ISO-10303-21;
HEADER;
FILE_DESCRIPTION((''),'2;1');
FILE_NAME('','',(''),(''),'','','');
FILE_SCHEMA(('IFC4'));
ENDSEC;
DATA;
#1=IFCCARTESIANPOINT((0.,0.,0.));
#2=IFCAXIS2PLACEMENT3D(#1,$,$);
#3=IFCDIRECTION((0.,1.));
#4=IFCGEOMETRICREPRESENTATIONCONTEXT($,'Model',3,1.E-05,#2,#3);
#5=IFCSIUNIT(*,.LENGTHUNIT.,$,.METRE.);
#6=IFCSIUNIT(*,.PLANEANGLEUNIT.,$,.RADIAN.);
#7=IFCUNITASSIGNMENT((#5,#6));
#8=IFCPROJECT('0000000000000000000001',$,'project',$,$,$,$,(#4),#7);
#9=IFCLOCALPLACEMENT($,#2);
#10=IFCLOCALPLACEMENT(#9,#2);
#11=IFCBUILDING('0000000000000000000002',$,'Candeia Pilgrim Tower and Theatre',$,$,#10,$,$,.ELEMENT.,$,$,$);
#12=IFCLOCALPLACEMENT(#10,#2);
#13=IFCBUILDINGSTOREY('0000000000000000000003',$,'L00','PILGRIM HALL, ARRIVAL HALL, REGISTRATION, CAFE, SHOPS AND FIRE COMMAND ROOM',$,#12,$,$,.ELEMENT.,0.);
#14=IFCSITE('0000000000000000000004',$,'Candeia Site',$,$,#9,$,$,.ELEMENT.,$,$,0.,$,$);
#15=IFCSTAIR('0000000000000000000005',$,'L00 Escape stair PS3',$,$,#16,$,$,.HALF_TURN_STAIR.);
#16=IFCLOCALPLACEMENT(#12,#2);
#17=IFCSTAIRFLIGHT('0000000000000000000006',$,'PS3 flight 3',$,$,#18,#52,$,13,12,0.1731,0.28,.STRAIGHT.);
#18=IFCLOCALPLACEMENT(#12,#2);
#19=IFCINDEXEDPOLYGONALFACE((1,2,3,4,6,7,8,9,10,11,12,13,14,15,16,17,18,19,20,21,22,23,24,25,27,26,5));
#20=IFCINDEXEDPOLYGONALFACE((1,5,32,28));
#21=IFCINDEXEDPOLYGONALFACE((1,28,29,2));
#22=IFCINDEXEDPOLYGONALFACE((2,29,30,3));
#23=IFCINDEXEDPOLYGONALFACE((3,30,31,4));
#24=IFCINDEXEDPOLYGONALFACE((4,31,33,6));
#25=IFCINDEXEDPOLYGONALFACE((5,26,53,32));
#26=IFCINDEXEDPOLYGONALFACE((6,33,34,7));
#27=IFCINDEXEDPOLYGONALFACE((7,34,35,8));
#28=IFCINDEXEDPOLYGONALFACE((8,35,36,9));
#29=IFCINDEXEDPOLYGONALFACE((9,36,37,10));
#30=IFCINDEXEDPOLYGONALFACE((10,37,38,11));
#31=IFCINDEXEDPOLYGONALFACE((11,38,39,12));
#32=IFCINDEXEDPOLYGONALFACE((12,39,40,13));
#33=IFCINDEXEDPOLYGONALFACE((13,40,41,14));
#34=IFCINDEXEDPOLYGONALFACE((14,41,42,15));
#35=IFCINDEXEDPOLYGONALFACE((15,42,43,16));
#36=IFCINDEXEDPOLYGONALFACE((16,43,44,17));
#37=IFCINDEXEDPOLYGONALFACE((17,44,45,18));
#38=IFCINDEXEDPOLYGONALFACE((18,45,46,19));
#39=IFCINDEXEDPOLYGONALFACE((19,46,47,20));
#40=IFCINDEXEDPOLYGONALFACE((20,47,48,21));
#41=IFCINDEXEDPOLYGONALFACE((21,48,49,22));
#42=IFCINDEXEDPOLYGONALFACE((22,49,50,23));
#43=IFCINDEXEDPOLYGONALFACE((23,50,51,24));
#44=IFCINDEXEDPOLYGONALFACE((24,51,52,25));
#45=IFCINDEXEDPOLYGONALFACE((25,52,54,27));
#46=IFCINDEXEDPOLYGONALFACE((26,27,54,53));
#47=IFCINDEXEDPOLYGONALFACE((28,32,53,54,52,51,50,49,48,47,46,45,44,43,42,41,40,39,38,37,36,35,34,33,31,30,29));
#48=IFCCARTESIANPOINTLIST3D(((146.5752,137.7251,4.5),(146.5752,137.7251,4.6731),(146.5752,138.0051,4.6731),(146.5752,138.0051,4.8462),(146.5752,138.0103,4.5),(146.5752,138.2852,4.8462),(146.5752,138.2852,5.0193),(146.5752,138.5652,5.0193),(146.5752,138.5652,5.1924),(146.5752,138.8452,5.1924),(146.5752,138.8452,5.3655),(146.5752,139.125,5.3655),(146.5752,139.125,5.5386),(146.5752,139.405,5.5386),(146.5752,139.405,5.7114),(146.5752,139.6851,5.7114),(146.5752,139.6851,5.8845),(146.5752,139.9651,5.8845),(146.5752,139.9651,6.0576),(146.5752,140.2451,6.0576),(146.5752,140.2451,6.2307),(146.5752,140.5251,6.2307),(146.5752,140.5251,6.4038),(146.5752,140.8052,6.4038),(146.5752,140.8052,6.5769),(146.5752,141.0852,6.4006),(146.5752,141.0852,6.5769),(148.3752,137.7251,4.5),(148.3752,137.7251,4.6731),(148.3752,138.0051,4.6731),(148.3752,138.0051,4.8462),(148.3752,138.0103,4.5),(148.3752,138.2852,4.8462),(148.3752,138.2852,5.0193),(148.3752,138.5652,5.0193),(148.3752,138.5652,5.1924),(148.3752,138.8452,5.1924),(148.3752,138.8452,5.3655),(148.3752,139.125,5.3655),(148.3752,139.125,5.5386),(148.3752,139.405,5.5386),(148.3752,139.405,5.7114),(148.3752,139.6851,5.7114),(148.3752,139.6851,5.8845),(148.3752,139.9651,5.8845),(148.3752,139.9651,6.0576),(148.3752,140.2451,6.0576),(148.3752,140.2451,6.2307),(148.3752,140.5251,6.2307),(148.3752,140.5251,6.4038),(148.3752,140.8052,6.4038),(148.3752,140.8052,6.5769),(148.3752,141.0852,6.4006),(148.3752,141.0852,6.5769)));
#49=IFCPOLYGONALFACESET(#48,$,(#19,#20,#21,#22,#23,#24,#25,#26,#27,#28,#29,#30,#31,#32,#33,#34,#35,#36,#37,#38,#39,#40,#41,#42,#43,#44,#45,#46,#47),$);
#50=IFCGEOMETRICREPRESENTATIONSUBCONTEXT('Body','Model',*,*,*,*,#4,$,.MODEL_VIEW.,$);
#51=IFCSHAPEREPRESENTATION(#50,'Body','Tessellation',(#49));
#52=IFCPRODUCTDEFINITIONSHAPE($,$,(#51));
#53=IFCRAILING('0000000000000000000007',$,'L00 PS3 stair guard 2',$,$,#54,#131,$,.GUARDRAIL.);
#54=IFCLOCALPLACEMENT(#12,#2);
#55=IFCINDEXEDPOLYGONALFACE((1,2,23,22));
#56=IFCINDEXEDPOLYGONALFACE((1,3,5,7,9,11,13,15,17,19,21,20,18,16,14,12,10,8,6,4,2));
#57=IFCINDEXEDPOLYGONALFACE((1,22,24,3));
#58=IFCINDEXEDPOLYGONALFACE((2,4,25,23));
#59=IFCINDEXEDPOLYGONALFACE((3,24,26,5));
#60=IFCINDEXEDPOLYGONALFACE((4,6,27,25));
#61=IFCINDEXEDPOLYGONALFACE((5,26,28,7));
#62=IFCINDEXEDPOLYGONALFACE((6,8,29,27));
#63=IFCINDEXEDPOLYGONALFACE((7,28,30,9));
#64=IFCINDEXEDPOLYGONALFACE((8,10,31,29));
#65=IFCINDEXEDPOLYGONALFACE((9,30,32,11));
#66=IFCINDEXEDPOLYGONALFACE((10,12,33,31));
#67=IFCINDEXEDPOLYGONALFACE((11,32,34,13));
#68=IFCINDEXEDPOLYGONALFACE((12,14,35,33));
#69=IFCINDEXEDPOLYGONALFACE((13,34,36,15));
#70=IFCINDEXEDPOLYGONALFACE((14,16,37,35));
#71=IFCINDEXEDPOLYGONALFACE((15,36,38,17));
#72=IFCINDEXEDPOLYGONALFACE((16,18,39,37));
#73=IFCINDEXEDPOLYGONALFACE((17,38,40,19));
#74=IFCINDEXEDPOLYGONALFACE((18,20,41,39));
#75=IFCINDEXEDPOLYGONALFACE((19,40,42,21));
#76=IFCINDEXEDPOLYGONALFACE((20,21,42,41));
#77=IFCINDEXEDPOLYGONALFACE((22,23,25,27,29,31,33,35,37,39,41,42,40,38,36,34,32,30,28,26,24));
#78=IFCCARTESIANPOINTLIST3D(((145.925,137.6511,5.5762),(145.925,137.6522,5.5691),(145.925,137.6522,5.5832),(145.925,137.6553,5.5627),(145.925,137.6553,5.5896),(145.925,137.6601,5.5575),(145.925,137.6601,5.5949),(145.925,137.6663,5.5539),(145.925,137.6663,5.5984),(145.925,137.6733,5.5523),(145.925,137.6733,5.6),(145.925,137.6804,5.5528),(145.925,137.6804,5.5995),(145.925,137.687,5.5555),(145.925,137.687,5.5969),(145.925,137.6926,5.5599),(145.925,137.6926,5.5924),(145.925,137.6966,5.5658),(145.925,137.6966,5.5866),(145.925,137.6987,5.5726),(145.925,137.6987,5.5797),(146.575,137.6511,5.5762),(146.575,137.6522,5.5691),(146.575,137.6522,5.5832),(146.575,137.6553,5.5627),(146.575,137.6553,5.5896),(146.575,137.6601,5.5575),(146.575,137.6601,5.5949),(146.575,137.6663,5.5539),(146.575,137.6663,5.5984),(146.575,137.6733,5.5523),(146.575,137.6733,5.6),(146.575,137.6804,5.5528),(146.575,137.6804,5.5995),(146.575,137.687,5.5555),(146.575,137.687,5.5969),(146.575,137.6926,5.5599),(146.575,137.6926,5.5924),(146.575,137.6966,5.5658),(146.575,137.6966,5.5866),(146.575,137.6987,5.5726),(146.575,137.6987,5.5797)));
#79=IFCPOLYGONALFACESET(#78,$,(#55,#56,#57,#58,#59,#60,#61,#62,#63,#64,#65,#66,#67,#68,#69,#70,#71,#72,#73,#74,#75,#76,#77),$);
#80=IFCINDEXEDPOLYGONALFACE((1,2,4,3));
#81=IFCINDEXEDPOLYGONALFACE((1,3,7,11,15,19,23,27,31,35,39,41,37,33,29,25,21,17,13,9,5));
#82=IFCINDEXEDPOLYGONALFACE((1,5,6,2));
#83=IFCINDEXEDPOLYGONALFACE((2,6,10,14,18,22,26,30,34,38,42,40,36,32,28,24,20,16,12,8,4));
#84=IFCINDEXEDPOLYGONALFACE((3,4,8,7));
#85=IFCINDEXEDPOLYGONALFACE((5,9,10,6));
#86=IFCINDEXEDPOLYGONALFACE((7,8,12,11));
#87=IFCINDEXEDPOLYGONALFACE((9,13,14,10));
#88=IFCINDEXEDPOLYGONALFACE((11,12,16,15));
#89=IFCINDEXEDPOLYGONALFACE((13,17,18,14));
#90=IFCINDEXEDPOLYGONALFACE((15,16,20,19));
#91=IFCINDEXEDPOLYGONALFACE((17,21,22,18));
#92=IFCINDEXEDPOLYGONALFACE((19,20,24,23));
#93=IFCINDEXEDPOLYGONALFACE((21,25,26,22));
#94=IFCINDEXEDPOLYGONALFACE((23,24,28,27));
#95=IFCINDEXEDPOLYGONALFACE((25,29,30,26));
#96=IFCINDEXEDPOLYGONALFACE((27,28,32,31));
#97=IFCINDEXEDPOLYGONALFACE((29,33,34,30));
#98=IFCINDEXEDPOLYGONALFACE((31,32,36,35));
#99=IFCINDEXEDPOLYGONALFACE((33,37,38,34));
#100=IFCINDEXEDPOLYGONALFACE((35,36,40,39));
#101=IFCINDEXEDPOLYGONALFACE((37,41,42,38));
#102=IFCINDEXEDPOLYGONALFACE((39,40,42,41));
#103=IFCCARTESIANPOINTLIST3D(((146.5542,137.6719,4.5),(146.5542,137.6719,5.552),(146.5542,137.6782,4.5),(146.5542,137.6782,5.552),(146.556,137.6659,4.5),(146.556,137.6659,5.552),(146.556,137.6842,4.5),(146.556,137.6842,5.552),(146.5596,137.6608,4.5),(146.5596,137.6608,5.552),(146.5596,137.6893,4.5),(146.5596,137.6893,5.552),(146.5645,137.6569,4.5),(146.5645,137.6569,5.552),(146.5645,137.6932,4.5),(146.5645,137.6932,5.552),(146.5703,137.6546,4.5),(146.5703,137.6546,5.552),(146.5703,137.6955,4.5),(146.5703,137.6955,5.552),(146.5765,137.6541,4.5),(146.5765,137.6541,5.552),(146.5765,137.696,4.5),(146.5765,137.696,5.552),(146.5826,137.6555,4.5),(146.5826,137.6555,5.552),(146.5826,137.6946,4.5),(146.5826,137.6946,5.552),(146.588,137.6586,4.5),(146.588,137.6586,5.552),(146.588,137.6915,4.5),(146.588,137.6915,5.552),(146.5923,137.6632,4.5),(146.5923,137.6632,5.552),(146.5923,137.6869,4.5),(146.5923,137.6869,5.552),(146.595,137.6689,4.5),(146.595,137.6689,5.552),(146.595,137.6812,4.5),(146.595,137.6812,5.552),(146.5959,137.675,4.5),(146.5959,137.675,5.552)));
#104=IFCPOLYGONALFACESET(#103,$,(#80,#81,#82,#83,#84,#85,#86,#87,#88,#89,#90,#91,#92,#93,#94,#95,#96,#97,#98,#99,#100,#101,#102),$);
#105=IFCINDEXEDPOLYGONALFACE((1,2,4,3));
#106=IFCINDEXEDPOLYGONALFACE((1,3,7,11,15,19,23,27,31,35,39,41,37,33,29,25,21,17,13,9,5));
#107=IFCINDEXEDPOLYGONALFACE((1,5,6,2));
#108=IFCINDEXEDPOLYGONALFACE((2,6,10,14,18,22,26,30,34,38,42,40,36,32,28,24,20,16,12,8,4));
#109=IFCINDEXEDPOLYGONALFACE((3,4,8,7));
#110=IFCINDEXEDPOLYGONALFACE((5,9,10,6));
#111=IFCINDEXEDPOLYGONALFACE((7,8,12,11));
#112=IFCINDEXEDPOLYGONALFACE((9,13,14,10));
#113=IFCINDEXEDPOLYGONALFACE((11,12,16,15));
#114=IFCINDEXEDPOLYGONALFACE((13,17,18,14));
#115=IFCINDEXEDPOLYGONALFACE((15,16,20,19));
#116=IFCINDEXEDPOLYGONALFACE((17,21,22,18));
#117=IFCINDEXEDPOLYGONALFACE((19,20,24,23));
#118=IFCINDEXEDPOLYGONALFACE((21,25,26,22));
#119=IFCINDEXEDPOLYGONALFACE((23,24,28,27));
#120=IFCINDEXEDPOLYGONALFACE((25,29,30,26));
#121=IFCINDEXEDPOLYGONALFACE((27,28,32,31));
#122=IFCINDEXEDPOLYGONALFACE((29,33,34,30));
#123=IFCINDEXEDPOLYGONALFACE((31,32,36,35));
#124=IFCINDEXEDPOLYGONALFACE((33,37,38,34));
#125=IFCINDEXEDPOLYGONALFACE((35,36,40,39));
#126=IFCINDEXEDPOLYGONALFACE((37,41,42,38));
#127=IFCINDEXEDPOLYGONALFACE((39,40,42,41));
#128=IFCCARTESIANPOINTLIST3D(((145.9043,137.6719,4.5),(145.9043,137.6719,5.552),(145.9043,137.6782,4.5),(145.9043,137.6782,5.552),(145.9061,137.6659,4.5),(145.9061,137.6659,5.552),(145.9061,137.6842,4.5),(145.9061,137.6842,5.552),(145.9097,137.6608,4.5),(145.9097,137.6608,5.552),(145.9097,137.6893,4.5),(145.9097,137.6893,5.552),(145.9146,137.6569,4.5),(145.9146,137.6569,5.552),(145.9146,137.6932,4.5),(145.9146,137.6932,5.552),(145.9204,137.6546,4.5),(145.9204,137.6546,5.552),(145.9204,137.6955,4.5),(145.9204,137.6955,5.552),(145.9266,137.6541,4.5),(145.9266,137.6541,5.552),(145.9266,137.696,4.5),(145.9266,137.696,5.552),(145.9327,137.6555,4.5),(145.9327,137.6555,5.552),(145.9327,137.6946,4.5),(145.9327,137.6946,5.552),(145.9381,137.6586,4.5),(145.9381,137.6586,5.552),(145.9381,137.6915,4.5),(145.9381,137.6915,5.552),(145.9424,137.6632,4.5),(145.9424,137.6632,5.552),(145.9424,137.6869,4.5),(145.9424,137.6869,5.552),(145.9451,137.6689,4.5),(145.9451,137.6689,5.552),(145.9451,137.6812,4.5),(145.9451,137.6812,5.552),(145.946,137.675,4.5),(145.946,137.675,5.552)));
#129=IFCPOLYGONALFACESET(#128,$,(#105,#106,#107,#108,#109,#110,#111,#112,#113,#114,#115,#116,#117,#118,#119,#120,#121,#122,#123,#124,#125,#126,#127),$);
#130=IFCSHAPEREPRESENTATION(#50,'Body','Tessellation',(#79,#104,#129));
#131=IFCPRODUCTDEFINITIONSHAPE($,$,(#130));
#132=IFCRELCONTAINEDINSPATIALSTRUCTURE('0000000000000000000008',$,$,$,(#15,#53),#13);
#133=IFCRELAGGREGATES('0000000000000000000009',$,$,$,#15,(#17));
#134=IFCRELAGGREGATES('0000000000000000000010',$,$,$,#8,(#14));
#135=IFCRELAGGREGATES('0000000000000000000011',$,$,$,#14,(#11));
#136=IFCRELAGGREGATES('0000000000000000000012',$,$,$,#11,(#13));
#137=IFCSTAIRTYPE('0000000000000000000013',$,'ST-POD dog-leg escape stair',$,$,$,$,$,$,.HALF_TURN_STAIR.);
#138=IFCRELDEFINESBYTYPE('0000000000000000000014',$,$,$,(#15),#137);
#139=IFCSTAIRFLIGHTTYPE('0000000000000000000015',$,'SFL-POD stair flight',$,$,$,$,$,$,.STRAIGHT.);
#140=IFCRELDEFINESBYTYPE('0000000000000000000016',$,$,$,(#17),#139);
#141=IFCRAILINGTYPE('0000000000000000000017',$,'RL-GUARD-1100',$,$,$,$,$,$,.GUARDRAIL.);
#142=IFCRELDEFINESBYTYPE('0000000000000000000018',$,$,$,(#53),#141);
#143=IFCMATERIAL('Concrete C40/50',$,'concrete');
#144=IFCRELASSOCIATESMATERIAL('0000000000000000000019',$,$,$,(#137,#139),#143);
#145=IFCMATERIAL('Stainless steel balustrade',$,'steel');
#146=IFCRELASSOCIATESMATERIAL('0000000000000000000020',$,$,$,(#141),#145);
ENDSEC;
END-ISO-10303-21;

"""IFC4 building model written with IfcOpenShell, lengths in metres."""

from ifc_helpers import new_model, si_unit, direction, frame, origin, origin_2d, place, context, subcontext, project, spatial, polyline, circle, outline, extrude, material, type_object, element, aggregate, save


model = new_model("IFC4")

# Units and contexts
model_context = context("Model", 3, precision=1e-05, world=origin(), true_north=direction((0.0, 1.0)))
body_context = subcontext(model_context, "Body", "Model", "MODEL_VIEW")
ifc_project = project(units=[si_unit("LENGTHUNIT", "METRE"), si_unit("PLANEANGLEUNIT", "RADIAN")], contexts=[model_context])

# Site, building, storey
site_placement = place(None, origin())
site = spatial("IfcSite", under=ifc_project, at=site_placement, Name="Candeia Site", CompositionType="ELEMENT", RefElevation=0.0)
building_placement = place(site_placement, origin())
building = spatial("IfcBuilding", under=site, at=building_placement, Name="Candeia Pilgrim Tower and Theatre", CompositionType="ELEMENT")
storey_placement = place(building_placement, origin())
storey = spatial("IfcBuildingStorey", under=building, at=storey_placement, Name="L00", Description="PILGRIM HALL, ARRIVAL HALL, REGISTRATION, CAFE, SHOPS AND FIRE COMMAND ROOM", CompositionType="ELEMENT", Elevation=0.0)

# Shared definitions
ifc_material_1 = material(Name="Concrete C40/50", Category="concrete")

# Stair, stair flight
stair_type = type_object("IfcStairType", Name="ST-POD dog-leg escape stair", PredefinedType="HALF_TURN_STAIR", material=ifc_material_1)
stair_placement = place(storey_placement, origin())
stair = element("IfcStair", 1, at=stair_placement, inside=storey, type_object=stair_type, Name="L00 Escape stair PS3", PredefinedType="HALF_TURN_STAIR")
stair_flight_type = type_object("IfcStairFlightType", Name="SFL-POD stair flight", PredefinedType="STRAIGHT", material=ifc_material_1)
stair_flight_1_placement = place(storey_placement, frame((147.4751, 137.7251, 4.5), z_axis=(0.0, 0.0, 1.0), x_axis=(0.0, 1.0, 0.0)))
stair_flight_1 = element("IfcStairFlight", 2, at=stair_flight_1_placement, type_object=stair_flight_type, Name="PS3 flight 3", NumberOfRisers=13, NumberOfTreads=12, PredefinedType="STRAIGHT", RiserHeight=0.1731, TreadLength=0.28, context=body_context, shape_type="SweptSolid", body=[
    extrude(outline(polyline([(0.0, 0.0), (0.0, 0.1731), (0.28, 0.1731), (0.28, 0.3462), (0.5601, 0.3462), (0.5601, 0.5193), (0.8401, 0.5193), (0.8401, 0.6924), (1.1201, 0.6924), (1.1201, 0.8655), (1.3999, 0.8655), (1.3999, 1.0386), (1.6799, 1.0386), (1.6799, 1.2114), (1.96, 1.2114), (1.96, 1.3845), (2.24, 1.3845), (2.24, 1.5576), (2.52, 1.5576), (2.52, 1.7307), (2.8, 1.7307), (2.8, 1.9038), (3.0801, 1.9038), (3.0801, 2.0769), (3.3601, 2.0769), (3.3601, 2.25), (3.3601, 1.9006), (0.2852, 0.0), (0.0, 0.0)])), frame((0.0, 0.8999, 0.0), z_axis=(0.0, -1.0, 0.0), x_axis=(1.0, 0.0, 0.0)), (0.0, 0.0, 1.0), 1.8),
])
aggregate(stair, [stair_flight_1])

# Railing
ifc_material_2 = material(Name="Stainless steel balustrade", Category="steel")
railing_type_1 = type_object("IfcRailingType", Name="RL-GUARD-1100", PredefinedType="GUARDRAIL", material=ifc_material_2)
railing_1_placement = place(storey_placement, frame((146.575, 137.675, 4.5)))
element("IfcRailing", 3, at=railing_1_placement, inside=storey, type_object=railing_type_1, Name="L00 PS3 stair guard 2", PredefinedType="GUARDRAIL", context=body_context, shape_type="SweptSolid", body=[
    extrude(circle(Radius=0.0239, at=origin_2d()), frame((0.0, 0.0, 1.0762), z_axis=(-1.0, 0.0, 0.0), x_axis=(0.0, -1.0, 0.0)), (0.0, 0.0, 1.0), 0.6499),
    extrude(circle(Radius=0.021, at=origin_2d()), origin(), (0.0, 0.0, 1.0), 1.052),
    extrude(circle(Radius=0.021, at=origin_2d()), frame((-0.6499, 0.0, 0.0)), (0.0, 0.0, 1.0), 1.052),
])

save(model, "model.ifc")
